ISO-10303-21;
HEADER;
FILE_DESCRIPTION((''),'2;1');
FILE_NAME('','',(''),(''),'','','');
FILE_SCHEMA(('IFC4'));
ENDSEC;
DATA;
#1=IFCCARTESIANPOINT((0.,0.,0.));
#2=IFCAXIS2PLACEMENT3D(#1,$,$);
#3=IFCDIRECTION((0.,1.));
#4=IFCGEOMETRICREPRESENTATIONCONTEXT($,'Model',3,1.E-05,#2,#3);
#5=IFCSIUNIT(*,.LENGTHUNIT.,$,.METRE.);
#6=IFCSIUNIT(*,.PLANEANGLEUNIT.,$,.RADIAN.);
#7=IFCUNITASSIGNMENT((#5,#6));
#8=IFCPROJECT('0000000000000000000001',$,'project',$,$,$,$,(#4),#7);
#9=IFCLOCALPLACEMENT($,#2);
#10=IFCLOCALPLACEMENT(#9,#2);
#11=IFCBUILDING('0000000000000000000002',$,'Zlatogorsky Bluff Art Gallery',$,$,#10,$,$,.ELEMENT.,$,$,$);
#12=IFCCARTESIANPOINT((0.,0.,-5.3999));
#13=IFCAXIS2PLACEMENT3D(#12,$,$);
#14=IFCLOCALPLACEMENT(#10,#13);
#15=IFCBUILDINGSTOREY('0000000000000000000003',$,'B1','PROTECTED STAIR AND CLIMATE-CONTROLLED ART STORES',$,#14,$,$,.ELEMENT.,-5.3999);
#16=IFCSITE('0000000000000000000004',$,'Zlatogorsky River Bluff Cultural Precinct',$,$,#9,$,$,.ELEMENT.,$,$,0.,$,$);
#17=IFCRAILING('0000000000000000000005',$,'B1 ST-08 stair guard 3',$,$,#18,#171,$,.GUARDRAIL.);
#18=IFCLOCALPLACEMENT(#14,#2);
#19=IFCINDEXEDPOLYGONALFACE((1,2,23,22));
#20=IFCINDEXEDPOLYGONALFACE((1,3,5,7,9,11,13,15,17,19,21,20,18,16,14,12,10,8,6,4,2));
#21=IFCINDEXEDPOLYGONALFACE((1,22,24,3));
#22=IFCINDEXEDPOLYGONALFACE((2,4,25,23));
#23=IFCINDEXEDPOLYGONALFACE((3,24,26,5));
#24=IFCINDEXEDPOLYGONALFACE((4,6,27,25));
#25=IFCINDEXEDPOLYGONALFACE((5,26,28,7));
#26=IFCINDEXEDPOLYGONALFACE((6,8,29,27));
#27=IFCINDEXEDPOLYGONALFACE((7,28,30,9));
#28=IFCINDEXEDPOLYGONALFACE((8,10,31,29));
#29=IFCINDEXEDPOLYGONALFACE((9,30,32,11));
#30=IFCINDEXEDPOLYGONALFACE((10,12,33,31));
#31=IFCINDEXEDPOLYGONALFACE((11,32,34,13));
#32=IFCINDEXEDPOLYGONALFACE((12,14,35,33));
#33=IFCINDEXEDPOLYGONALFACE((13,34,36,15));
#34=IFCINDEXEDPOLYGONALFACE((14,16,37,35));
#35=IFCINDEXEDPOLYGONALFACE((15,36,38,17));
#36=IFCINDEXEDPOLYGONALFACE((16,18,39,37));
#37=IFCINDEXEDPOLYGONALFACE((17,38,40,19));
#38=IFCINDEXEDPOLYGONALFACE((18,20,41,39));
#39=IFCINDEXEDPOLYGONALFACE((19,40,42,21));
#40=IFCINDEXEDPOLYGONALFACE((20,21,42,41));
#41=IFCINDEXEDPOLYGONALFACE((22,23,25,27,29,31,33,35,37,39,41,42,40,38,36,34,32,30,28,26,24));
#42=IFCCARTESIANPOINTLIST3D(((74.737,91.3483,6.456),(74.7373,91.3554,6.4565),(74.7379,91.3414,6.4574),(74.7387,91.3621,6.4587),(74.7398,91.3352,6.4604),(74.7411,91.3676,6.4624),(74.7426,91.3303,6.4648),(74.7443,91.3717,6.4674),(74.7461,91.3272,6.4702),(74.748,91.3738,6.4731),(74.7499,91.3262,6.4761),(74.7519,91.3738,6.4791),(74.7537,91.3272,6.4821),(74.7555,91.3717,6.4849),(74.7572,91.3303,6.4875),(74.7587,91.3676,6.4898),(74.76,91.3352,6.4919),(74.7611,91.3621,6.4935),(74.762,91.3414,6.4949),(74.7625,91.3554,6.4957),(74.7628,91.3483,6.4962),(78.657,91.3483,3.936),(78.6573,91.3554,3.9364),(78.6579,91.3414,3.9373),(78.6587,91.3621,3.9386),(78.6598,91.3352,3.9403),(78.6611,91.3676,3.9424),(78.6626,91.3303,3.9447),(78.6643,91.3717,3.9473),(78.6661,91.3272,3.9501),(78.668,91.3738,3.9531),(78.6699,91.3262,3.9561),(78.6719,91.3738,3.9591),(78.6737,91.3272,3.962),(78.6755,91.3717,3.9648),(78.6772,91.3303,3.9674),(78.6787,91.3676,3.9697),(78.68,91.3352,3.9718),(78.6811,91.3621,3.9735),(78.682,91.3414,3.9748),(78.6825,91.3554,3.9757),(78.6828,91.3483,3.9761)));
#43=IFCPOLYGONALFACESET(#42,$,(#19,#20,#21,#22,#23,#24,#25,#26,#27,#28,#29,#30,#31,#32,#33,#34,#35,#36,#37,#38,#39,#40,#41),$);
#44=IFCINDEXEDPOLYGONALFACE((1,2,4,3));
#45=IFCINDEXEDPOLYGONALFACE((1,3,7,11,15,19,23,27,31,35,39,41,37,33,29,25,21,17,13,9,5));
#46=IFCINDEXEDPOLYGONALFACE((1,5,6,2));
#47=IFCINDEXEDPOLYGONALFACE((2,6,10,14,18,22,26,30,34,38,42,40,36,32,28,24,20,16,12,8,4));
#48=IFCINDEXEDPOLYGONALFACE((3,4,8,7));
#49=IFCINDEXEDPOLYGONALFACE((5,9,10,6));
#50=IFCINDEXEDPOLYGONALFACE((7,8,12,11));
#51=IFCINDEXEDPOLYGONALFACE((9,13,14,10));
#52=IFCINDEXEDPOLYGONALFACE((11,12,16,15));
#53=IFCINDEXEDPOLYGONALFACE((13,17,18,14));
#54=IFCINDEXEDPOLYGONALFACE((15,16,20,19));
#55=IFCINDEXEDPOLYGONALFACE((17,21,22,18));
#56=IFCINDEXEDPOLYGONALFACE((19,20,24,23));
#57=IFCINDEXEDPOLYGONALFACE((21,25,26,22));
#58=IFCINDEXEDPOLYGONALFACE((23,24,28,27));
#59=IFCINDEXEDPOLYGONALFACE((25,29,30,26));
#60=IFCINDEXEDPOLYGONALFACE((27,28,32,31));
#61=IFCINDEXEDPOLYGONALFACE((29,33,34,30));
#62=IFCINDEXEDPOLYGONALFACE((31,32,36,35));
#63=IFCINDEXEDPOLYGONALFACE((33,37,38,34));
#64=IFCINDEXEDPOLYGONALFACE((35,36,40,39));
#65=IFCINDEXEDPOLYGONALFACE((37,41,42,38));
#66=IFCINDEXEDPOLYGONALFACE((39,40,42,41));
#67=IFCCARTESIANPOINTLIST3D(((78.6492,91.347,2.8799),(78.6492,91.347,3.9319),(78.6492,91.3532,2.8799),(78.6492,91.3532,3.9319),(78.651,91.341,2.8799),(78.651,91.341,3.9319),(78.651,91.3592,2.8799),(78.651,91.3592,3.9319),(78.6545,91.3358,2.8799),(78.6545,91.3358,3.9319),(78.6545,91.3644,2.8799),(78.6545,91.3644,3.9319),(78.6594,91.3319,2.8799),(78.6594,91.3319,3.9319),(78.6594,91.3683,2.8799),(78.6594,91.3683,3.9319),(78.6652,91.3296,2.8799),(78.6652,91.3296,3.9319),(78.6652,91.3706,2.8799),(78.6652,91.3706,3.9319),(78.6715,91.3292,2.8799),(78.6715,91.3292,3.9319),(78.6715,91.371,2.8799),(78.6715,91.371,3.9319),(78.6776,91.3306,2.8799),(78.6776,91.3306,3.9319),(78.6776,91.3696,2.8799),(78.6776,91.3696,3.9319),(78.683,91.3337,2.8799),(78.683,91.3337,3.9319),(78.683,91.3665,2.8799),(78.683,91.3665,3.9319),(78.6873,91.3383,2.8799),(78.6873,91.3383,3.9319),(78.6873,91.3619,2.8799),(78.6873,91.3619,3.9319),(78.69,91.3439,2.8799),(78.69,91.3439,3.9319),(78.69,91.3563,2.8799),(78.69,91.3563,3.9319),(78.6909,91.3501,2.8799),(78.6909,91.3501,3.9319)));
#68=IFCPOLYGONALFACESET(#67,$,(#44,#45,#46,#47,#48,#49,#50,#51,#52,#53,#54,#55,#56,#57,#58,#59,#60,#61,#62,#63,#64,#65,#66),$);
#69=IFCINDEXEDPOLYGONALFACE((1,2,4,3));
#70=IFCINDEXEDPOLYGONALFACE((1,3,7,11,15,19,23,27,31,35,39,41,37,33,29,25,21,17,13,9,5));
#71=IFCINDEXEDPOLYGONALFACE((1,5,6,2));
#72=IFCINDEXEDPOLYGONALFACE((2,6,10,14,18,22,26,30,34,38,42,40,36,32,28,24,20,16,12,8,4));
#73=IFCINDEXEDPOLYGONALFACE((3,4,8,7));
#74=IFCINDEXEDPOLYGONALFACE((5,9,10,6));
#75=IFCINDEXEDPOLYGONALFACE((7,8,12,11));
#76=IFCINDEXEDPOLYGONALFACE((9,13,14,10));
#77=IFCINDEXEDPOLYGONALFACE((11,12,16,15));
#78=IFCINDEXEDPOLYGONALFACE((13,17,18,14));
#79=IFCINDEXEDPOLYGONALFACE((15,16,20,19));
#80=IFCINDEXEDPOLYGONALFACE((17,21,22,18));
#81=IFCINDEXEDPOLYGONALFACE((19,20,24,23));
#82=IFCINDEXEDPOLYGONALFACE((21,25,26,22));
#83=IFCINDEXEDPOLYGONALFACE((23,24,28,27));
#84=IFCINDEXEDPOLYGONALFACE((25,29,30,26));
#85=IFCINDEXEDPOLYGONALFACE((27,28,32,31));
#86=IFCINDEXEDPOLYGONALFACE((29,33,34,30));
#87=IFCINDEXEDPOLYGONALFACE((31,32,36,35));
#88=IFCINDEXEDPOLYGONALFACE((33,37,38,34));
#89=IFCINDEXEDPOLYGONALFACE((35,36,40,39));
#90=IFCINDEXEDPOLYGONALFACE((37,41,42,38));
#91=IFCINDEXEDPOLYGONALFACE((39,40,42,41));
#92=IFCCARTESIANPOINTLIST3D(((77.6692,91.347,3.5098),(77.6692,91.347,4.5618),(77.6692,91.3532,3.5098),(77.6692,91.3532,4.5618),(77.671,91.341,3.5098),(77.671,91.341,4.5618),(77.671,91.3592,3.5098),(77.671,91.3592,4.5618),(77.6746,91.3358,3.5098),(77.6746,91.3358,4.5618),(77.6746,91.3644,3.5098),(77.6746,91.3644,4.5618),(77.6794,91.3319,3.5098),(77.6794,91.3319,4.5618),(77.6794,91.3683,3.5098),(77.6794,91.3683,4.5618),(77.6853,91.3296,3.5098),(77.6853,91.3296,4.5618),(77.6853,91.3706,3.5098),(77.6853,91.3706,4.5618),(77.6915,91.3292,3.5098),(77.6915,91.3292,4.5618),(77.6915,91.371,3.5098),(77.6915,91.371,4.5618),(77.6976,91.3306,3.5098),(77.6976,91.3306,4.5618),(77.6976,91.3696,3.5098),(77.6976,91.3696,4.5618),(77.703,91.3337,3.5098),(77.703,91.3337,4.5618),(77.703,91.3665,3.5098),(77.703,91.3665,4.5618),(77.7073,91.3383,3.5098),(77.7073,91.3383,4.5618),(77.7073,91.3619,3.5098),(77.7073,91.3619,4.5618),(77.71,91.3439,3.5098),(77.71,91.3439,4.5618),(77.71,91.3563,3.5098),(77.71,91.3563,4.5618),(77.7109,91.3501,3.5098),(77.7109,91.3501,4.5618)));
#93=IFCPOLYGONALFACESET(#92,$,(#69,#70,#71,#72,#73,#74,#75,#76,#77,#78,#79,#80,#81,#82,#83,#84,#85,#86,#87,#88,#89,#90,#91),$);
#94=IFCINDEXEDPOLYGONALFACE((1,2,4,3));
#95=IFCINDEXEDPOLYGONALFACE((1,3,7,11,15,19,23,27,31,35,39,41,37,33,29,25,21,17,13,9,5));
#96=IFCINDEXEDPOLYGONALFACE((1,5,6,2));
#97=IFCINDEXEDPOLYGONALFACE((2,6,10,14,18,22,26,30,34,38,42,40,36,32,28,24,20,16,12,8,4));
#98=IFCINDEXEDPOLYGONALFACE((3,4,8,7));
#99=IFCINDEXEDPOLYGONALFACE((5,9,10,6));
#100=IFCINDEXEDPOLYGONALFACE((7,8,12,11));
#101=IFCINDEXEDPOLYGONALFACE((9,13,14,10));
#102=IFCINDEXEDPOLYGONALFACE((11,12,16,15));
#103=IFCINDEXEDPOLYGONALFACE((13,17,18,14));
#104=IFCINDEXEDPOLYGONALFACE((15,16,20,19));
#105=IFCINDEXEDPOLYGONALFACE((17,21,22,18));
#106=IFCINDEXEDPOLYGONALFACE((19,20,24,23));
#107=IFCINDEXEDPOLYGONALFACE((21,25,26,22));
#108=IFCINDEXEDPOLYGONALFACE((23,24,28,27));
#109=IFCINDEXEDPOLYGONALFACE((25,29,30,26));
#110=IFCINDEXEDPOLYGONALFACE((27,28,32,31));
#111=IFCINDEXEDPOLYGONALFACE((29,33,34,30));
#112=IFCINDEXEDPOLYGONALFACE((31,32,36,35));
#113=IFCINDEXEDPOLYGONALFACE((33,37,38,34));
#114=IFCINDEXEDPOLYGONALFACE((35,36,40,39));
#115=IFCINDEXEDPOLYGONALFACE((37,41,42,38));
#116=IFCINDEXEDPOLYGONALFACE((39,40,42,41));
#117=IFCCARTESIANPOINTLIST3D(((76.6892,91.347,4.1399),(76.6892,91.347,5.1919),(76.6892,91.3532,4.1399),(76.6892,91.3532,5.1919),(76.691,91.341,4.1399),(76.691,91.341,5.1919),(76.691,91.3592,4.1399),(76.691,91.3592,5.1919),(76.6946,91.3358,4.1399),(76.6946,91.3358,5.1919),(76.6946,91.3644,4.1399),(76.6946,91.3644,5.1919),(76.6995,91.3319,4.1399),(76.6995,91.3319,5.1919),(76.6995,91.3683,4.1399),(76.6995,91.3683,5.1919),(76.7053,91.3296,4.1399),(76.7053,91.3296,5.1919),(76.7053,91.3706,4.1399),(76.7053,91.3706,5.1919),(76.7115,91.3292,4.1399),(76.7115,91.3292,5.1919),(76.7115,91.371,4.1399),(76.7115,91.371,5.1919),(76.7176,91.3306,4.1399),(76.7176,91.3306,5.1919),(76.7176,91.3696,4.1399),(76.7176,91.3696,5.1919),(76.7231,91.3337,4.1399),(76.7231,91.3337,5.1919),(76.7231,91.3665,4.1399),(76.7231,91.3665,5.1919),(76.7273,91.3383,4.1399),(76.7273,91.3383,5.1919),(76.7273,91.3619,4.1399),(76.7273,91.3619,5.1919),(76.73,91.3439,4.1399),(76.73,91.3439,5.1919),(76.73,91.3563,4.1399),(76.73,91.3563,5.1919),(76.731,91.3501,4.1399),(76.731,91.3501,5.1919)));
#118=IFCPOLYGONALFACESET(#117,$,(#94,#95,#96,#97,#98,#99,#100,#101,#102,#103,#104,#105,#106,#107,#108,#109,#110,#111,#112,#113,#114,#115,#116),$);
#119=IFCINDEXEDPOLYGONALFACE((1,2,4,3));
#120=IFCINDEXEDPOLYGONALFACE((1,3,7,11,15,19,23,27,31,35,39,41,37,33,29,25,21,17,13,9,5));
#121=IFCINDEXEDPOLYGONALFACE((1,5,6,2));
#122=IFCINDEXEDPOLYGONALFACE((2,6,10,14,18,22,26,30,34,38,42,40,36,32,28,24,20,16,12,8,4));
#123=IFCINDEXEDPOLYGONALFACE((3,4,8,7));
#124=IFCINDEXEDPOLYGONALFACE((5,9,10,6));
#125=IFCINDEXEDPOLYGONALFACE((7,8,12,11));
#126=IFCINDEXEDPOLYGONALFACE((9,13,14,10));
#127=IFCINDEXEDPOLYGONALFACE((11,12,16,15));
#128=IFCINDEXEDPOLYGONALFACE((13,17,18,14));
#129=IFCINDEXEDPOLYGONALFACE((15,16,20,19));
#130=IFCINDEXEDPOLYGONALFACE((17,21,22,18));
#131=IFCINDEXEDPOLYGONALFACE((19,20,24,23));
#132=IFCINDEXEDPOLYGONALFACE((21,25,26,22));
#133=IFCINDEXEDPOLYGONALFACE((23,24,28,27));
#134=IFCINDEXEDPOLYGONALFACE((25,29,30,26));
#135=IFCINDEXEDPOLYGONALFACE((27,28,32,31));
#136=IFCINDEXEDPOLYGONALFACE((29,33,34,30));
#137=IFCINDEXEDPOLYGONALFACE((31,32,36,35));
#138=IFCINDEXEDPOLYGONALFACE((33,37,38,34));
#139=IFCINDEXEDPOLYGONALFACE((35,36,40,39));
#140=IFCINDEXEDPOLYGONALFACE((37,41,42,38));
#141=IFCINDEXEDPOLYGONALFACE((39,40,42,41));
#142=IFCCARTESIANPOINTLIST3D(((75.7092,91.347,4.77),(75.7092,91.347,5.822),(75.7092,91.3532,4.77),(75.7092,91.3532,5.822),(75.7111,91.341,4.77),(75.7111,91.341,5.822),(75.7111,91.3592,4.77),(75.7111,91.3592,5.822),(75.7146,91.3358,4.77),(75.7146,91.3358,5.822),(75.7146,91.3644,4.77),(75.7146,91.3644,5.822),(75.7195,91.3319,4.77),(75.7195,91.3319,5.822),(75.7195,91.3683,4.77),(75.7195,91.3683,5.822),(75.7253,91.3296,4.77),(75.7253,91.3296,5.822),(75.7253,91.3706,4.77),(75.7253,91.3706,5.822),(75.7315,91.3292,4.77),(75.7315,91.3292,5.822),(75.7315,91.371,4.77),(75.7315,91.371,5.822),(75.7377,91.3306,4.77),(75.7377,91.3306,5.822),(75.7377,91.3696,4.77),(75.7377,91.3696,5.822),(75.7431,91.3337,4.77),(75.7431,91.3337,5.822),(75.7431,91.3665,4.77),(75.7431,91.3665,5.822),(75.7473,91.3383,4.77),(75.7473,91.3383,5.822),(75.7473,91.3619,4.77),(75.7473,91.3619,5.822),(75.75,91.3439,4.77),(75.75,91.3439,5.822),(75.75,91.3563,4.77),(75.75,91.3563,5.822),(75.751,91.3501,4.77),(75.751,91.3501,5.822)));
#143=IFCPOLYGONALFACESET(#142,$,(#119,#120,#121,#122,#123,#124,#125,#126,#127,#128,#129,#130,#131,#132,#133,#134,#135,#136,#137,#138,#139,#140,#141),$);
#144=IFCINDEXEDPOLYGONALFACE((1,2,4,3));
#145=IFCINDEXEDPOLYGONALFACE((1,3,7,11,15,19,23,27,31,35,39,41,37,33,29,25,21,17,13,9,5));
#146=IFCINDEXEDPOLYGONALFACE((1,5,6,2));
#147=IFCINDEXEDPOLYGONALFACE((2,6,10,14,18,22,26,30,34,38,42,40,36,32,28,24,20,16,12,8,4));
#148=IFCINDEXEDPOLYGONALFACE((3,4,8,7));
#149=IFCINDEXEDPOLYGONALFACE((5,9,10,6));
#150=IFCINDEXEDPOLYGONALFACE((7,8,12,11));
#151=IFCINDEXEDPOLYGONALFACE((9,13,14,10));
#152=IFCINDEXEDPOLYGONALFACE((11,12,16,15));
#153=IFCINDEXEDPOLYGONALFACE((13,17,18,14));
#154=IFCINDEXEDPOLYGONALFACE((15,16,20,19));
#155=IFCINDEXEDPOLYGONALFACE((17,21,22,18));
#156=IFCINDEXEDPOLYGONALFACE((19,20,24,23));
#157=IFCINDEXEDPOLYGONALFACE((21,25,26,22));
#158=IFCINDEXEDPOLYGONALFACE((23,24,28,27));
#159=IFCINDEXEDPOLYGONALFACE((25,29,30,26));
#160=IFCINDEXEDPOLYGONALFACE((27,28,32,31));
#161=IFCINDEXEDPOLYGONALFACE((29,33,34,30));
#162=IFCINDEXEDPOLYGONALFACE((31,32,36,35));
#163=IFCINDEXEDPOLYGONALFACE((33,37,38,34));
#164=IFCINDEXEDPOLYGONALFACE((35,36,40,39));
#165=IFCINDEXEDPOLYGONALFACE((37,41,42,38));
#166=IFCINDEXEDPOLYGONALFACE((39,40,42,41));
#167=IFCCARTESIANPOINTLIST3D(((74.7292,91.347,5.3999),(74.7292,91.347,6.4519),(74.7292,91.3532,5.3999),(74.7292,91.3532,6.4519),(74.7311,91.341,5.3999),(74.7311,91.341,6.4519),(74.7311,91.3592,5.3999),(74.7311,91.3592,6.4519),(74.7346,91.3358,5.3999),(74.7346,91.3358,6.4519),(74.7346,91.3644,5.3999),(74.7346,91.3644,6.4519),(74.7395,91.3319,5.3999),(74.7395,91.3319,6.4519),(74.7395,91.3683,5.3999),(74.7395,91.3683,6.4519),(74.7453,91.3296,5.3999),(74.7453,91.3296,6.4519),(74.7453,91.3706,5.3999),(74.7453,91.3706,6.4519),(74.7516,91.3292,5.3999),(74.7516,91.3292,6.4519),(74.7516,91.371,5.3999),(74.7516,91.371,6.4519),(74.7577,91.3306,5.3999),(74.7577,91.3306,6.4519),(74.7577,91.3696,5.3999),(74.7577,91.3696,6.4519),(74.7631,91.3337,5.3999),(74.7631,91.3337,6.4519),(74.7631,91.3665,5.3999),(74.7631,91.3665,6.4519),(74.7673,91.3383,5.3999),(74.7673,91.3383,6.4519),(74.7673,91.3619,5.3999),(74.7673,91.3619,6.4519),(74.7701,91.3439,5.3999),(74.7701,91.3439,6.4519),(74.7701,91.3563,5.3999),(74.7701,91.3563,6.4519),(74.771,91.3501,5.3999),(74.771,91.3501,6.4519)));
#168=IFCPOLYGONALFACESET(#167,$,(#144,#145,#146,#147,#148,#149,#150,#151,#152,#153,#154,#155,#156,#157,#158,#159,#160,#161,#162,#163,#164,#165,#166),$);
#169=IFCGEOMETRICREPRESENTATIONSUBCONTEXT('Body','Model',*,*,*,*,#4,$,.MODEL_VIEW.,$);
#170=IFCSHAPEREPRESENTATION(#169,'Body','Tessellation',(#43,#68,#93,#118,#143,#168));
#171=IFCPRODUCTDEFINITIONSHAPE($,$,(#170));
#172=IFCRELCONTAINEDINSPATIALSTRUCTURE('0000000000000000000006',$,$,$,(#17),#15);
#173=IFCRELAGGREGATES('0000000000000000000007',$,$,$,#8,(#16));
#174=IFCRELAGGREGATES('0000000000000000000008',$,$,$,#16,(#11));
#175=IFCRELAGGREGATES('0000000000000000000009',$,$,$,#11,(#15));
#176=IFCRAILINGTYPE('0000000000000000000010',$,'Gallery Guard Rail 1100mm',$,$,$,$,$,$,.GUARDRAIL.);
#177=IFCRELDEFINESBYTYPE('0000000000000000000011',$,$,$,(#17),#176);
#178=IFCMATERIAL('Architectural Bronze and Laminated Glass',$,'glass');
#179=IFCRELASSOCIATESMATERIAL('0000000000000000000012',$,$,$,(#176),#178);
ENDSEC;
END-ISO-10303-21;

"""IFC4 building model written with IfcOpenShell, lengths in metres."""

from ifc_helpers import new_model, si_unit, direction, frame, origin, origin_2d, place, context, subcontext, project, spatial, circle, extrude, material, type_object, element, save


model = new_model("IFC4")

# Units and contexts
model_context = context("Model", 3, precision=1e-05, world=origin(), true_north=direction((0.0, 1.0)))
body_context = subcontext(model_context, "Body", "Model", "MODEL_VIEW")
ifc_project = project(units=[si_unit("LENGTHUNIT", "METRE"), si_unit("PLANEANGLEUNIT", "RADIAN")], contexts=[model_context])

# Site, building, storey
site_placement = place(None, origin())
site = spatial("IfcSite", under=ifc_project, at=site_placement, Name="Zlatogorsky River Bluff Cultural Precinct", CompositionType="ELEMENT", RefElevation=0.0)
building_placement = place(site_placement, origin())
building = spatial("IfcBuilding", under=site, at=building_placement, Name="Zlatogorsky Bluff Art Gallery", CompositionType="ELEMENT")
storey_placement = place(building_placement, frame((0.0, 0.0, -5.3999)))
storey = spatial("IfcBuildingStorey", under=building, at=storey_placement, Name="B1", Description="PROTECTED STAIR AND CLIMATE-CONTROLLED ART STORES", CompositionType="ELEMENT", Elevation=-5.3999)

# Railing
ifc_material_1 = material(Name="Architectural Bronze and Laminated Glass", Category="glass")
railing_type_1 = type_object("IfcRailingType", Name="Gallery Guard Rail 1100mm", PredefinedType="GUARDRAIL", material=ifc_material_1)
railing_1_placement = place(storey_placement, frame((78.6699, 91.3501, 2.8799)))
element("IfcRailing", 1, at=railing_1_placement, inside=storey, type_object=railing_type_1, Name="B1 ST-08 stair guard 3", PredefinedType="GUARDRAIL", context=body_context, shape_type="SweptSolid", body=[
    extrude(circle(Radius=0.0239, at=origin_2d()), frame((0.0, 0.0, 1.0762), z_axis=(-0.841172, 0.0, 0.540768), x_axis=(0.0, -1.0, 0.0)), (0.0, 0.0, 1.0), 4.6602),
    extrude(circle(Radius=0.021, at=origin_2d()), origin(), (0.0, 0.0, 1.0), 1.052),
    extrude(circle(Radius=0.021, at=origin_2d()), frame((-0.98, 0.0, 0.6299)), (0.0, 0.0, 1.0), 1.052),
    extrude(circle(Radius=0.021, at=origin_2d()), frame((-1.96, 0.0, 1.26)), (0.0, 0.0, 1.0), 1.052),
    extrude(circle(Radius=0.021, at=origin_2d()), frame((-2.9399, 0.0, 1.8901)), (0.0, 0.0, 1.0), 1.052),
    extrude(circle(Radius=0.021, at=origin_2d()), frame((-3.9199, 0.0, 2.52)), (0.0, 0.0, 1.0), 1.052),
])

save(model, "model.ifc")
